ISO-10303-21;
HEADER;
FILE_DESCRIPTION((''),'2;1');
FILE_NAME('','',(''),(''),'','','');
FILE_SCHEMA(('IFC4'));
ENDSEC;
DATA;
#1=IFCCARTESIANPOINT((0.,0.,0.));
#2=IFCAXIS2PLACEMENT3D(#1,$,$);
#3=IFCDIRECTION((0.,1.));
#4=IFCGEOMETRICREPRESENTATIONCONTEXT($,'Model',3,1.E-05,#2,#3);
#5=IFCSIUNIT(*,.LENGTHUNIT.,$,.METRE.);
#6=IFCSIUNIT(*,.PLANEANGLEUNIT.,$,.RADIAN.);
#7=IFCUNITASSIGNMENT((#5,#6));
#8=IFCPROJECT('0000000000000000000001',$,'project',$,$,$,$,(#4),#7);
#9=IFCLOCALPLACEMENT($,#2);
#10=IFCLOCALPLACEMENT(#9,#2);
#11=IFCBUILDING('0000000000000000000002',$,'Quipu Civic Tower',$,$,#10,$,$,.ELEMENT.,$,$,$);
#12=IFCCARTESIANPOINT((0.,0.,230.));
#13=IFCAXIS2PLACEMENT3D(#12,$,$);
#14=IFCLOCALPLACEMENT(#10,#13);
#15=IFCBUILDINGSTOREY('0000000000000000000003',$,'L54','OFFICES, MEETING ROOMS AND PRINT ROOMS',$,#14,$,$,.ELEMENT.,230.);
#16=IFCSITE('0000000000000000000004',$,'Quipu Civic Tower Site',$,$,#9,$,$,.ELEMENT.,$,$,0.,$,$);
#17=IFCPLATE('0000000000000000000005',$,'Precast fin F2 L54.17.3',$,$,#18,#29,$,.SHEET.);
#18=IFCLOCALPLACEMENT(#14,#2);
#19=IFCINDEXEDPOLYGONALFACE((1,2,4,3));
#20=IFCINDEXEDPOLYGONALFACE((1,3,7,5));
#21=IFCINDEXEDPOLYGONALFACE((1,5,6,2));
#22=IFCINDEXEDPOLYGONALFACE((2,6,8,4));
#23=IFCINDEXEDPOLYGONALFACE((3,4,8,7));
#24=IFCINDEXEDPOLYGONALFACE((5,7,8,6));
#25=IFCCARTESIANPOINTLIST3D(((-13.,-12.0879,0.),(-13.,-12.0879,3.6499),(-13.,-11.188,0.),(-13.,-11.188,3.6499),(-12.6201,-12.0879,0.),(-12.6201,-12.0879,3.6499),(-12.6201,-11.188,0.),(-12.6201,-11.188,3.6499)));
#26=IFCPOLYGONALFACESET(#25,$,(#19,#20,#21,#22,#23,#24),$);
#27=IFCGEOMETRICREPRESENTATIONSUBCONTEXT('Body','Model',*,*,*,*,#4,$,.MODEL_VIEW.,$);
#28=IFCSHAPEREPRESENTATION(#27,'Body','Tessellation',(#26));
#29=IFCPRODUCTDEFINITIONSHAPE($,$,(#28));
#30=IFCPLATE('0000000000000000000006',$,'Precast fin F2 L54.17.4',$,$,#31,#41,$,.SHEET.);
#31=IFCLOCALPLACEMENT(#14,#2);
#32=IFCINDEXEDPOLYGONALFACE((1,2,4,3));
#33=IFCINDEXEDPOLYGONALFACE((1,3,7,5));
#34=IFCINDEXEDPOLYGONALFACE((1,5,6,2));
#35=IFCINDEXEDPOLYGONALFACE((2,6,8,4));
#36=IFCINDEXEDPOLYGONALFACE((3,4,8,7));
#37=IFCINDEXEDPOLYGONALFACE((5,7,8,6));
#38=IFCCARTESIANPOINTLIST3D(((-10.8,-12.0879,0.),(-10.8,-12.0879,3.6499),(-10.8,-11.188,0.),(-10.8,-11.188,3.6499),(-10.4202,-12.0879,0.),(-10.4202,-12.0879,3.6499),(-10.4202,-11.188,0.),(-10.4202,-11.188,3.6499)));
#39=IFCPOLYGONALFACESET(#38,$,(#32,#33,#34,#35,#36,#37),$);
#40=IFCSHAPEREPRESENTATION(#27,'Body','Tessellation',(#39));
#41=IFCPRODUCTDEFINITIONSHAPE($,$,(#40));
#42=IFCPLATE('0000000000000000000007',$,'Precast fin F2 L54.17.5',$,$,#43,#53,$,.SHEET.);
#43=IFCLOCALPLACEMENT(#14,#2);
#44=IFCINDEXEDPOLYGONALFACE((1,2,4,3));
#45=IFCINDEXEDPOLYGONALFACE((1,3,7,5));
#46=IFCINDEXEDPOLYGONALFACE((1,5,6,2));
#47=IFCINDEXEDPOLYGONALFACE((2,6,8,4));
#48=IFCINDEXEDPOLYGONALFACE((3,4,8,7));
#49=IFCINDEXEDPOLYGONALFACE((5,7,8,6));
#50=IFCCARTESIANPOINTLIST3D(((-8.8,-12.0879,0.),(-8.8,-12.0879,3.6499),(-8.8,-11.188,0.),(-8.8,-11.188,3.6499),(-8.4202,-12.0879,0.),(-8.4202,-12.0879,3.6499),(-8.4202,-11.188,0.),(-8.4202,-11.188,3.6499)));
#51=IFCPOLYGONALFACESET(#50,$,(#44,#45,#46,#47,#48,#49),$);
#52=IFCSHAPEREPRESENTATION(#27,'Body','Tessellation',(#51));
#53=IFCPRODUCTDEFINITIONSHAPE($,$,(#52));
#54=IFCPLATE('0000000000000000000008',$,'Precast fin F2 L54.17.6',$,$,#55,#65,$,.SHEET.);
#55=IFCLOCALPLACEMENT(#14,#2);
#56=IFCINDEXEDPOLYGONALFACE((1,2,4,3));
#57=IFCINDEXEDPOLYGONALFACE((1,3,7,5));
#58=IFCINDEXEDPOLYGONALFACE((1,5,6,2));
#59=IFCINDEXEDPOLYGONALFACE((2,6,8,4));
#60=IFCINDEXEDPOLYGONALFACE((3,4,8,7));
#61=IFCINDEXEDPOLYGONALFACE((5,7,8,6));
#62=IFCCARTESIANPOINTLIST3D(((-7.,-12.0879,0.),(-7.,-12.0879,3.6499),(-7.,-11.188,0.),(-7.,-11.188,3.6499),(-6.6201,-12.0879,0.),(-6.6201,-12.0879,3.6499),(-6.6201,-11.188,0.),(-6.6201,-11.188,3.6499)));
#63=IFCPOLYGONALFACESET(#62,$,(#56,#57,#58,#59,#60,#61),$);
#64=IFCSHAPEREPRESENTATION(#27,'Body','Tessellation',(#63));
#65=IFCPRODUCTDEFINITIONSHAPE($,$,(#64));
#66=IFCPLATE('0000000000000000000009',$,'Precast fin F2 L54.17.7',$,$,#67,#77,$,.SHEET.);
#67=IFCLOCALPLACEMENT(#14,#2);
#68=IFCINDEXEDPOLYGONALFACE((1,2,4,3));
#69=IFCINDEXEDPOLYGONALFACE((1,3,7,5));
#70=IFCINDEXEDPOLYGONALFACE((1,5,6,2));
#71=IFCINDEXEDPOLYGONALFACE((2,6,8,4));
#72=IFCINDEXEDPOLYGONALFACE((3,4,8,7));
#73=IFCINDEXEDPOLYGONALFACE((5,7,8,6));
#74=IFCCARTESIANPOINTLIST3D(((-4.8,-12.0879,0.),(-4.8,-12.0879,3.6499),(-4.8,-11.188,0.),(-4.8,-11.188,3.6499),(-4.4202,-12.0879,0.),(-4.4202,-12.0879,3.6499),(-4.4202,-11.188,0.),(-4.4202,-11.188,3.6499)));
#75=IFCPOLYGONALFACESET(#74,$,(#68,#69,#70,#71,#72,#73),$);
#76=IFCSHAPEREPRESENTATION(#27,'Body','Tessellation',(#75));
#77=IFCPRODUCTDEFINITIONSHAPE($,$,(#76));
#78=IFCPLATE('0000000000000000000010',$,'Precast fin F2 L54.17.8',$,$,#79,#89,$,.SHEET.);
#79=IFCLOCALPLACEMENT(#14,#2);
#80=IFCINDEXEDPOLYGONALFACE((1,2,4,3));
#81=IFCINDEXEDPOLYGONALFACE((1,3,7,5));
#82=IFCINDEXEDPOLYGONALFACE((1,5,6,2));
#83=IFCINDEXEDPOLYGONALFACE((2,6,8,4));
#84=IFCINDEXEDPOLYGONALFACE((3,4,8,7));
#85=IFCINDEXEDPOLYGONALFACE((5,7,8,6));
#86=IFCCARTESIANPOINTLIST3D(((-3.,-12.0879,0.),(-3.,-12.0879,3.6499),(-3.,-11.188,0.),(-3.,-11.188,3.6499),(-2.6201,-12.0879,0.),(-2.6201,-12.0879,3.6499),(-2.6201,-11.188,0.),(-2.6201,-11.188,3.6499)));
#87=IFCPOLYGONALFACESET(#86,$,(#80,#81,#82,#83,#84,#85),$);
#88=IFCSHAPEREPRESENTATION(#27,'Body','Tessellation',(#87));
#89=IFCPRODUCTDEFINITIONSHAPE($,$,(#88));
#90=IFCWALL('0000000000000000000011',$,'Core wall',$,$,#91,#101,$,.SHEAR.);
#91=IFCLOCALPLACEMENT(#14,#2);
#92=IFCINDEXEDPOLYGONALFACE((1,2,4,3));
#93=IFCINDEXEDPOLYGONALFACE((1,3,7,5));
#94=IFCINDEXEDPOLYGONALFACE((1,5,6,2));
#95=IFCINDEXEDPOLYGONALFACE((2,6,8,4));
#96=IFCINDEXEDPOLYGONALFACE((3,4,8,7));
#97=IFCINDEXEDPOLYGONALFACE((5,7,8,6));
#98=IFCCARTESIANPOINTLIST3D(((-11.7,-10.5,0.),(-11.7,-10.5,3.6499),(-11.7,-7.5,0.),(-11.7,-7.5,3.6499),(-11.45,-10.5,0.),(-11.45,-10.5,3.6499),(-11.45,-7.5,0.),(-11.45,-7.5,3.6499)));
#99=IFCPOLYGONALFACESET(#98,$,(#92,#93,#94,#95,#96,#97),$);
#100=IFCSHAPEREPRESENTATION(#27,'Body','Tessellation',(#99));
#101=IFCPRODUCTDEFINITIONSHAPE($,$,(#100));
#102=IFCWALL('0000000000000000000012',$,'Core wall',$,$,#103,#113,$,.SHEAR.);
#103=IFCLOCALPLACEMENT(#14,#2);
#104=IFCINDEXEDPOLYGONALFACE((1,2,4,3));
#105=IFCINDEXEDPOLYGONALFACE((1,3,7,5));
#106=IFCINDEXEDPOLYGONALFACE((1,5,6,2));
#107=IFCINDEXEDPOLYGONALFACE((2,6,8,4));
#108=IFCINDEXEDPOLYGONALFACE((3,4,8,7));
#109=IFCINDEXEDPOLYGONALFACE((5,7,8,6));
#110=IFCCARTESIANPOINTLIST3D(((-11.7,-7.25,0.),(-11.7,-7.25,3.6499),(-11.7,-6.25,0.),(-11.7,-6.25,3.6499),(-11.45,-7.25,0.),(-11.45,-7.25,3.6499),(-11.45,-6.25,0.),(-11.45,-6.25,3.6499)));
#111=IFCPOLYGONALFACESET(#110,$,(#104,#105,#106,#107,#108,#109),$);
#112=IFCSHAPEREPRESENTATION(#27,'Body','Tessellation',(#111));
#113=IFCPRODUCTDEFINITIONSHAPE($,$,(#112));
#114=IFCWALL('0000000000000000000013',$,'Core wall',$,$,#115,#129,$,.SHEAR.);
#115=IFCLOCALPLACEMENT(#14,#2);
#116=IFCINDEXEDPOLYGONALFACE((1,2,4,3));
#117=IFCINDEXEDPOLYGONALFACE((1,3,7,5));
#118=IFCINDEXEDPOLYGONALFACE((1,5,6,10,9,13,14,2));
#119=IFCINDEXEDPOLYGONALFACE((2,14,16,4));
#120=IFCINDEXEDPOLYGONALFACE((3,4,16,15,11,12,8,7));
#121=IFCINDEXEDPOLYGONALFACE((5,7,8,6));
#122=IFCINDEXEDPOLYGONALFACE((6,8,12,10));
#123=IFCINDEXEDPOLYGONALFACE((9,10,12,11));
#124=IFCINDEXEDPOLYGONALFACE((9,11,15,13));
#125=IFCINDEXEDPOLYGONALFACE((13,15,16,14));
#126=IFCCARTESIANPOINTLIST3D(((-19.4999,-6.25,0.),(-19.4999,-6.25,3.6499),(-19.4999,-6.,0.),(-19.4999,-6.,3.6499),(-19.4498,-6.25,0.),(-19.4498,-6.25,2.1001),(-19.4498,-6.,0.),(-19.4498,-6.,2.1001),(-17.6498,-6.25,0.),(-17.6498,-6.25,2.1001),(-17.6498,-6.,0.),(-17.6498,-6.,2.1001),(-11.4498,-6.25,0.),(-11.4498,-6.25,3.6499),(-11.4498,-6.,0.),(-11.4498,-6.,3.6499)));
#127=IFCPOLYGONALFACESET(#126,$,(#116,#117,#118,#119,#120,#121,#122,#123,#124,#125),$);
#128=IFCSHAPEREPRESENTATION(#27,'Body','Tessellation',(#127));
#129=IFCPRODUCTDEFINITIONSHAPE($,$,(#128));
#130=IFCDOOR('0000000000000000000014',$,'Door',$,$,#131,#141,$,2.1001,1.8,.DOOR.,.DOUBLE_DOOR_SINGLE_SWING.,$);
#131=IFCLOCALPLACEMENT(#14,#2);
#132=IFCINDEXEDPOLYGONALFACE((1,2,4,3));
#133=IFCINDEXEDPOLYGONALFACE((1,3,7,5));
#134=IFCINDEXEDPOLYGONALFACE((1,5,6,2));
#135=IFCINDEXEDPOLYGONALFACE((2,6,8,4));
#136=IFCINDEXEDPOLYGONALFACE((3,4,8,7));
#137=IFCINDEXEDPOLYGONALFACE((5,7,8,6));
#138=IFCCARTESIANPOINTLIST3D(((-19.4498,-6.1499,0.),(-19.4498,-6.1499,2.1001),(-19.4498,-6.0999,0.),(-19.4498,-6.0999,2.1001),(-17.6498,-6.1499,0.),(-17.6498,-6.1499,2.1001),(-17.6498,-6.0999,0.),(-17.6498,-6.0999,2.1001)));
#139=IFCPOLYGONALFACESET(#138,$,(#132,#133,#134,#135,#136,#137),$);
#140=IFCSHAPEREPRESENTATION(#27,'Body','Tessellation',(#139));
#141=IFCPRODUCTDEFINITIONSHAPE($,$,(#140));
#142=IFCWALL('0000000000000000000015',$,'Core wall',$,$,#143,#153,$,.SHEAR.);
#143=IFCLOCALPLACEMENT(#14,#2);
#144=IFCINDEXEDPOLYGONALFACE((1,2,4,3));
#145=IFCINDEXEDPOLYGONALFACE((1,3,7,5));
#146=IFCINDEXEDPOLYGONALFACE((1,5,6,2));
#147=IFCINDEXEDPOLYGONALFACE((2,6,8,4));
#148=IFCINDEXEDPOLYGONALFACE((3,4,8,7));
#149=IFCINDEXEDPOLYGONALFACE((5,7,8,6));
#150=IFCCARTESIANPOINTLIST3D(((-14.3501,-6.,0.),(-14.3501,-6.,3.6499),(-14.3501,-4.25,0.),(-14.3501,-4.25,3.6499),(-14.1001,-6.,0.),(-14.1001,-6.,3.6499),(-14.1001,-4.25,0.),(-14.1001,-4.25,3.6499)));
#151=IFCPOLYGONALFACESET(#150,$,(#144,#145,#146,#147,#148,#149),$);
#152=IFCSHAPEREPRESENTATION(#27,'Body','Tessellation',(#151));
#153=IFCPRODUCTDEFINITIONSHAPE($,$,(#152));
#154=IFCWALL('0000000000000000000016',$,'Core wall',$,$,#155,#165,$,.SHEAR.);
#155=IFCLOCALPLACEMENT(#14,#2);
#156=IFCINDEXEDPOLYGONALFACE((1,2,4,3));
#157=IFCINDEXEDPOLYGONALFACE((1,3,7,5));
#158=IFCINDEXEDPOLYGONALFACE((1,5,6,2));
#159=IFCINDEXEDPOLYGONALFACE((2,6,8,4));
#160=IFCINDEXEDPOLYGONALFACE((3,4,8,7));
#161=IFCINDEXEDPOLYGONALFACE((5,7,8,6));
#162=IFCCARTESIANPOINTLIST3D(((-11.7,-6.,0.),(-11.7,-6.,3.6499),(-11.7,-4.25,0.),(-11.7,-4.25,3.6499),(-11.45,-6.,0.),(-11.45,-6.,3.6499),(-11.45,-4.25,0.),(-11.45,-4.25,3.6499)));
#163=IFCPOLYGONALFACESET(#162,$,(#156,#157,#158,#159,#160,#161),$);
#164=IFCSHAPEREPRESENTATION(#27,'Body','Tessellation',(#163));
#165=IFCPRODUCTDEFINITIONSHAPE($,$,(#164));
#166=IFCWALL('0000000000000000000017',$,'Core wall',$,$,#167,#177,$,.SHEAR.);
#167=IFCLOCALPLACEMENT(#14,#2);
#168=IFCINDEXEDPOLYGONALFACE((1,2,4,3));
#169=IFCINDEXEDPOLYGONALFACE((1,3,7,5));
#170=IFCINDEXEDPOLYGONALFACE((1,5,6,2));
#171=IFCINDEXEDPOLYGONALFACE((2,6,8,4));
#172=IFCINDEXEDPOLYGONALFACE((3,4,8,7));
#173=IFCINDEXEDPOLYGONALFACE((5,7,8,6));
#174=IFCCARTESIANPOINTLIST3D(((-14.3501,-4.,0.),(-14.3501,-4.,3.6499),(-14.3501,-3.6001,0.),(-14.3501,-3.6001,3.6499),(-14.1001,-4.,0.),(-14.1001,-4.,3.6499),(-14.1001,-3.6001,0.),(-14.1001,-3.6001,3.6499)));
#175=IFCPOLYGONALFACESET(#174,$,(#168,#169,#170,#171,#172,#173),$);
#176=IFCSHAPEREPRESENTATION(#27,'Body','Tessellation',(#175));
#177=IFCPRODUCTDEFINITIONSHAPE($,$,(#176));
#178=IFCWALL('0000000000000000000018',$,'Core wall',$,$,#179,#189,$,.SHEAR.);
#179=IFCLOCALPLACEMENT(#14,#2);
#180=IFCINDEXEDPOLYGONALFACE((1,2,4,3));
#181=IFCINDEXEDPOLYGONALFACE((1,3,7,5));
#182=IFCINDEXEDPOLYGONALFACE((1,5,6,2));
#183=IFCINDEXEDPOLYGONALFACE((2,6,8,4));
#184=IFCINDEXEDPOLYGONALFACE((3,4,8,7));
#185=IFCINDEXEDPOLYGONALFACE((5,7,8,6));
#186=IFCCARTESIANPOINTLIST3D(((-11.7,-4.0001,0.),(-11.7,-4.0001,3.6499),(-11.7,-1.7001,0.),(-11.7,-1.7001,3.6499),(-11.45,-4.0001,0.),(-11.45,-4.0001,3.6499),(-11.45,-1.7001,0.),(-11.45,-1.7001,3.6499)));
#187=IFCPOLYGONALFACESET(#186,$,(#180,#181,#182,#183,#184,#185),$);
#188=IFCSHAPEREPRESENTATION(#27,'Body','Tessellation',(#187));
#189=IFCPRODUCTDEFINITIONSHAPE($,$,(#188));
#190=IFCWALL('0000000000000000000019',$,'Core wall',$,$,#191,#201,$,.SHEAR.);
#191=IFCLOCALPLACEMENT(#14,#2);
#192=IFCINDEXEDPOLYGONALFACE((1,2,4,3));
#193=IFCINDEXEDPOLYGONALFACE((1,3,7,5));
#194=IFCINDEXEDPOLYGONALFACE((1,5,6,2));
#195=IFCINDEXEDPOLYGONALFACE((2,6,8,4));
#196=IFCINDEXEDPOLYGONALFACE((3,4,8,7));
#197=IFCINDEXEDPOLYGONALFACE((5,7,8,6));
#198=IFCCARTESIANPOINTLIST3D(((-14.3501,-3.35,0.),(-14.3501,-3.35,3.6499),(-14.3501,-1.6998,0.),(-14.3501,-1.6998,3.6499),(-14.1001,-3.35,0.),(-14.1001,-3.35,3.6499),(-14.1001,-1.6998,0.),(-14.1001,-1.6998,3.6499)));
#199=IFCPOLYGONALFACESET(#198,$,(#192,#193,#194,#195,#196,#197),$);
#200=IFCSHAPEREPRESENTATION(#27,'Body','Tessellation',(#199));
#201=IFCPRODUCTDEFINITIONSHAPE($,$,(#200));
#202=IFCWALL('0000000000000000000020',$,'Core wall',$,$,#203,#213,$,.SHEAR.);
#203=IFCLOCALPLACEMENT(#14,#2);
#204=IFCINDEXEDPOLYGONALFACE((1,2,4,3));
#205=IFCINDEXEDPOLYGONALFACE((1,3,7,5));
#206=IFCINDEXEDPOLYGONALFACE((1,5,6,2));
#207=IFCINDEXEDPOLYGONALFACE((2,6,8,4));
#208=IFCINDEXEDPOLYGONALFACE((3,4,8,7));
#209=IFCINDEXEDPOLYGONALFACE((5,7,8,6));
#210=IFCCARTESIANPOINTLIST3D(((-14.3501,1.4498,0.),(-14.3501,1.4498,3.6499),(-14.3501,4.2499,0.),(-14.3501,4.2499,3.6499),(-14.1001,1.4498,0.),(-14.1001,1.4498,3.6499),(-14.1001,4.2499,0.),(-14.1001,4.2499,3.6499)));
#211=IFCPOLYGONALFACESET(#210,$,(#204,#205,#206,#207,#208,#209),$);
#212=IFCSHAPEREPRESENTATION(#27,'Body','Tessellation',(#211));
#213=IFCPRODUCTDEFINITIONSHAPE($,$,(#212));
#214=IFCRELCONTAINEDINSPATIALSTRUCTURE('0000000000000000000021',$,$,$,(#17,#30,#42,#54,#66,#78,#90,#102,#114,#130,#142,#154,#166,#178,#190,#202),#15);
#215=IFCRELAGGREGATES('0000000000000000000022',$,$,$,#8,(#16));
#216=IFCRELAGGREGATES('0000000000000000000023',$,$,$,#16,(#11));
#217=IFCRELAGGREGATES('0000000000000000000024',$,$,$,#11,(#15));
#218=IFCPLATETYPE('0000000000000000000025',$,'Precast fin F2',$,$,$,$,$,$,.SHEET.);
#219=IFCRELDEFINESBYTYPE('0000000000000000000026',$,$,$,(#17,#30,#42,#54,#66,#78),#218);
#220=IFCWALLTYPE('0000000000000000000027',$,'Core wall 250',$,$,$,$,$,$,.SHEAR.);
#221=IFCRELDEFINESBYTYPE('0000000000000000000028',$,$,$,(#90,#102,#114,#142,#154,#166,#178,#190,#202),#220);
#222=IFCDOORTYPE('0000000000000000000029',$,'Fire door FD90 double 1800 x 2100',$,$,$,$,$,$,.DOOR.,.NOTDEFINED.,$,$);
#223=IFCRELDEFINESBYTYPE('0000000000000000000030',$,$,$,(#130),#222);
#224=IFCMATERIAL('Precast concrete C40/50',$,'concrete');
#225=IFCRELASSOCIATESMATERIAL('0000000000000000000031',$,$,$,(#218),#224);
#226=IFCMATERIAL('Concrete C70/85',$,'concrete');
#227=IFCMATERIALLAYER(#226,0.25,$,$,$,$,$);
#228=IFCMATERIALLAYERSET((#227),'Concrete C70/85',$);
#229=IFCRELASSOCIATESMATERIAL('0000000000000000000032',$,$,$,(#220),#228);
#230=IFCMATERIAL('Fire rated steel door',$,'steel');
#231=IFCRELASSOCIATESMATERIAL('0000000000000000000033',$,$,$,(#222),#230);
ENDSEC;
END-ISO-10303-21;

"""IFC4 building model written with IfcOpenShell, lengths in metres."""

from ifc_helpers import new_model, si_unit, direction, frame, frame_2d, origin, origin_2d, place, context, subcontext, project, spatial, rectangle, extrude, material, layer, layer_set, type_object, element, fill, save


model = new_model("IFC4")

# Units and contexts
model_context = context("Model", 3, precision=1e-05, world=origin(), true_north=direction((0.0, 1.0)))
body_context = subcontext(model_context, "Body", "Model", "MODEL_VIEW")
ifc_project = project(units=[si_unit("LENGTHUNIT", "METRE"), si_unit("PLANEANGLEUNIT", "RADIAN")], contexts=[model_context])

# Site, building, storey
site_placement = place(None, origin())
site = spatial("IfcSite", under=ifc_project, at=site_placement, Name="Quipu Civic Tower Site", CompositionType="ELEMENT", RefElevation=0.0)
building_placement = place(site_placement, origin())
building = spatial("IfcBuilding", under=site, at=building_placement, Name="Quipu Civic Tower", CompositionType="ELEMENT")
storey_placement = place(building_placement, frame((0.0, 0.0, 230.0)))
storey = spatial("IfcBuildingStorey", under=building, at=storey_placement, Name="L54", Description="OFFICES, MEETING ROOMS AND PRINT ROOMS", CompositionType="ELEMENT", Elevation=230.0)

# Plates
ifc_material_1 = material(Name="Precast concrete C40/50", Category="concrete")
plate_type = type_object("IfcPlateType", Name="Precast fin F2", PredefinedType="SHEET", material=ifc_material_1)
for number, where, z_axis, x_axis, name in (
    (1, (-12.8101, -11.6379, 0.0), (0.0, 0.0, 1.0), (1.0, 0.0, 0.0), "Precast fin F2 L54.17.3"),
    (2, (-10.6101, -11.6379, 0.0), (0.0, 0.0, 1.0), (1.0, 0.0, 0.0), "Precast fin F2 L54.17.4"),
    (3, (-8.6101, -11.6379, 0.0), (0.0, 0.0, 1.0), (1.0, 0.0, 0.0), "Precast fin F2 L54.17.5"),
    (4, (-6.8101, -11.6379, 0.0), (0.0, 0.0, 1.0), (1.0, 0.0, 0.0), "Precast fin F2 L54.17.6"),
    (5, (-4.6101, -11.6379, 0.0), (0.0, 0.0, 1.0), (1.0, 0.0, 0.0), "Precast fin F2 L54.17.7"),
    (6, (-2.8101, -11.6379, 0.0), (0.0, 0.0, 1.0), (1.0, 0.0, 0.0), "Precast fin F2 L54.17.8"),
):
    element("IfcPlate", number, at=place(storey_placement, frame(where, z_axis=z_axis, x_axis=x_axis)), inside=storey, type_object=plate_type, Name=name, PredefinedType="SHEET", context=body_context, shape_type="SweptSolid", body=[
        extrude(rectangle(XDim=0.3799, YDim=0.8999, at=origin_2d()), origin(), (0.0, 0.0, 1.0), 3.6499),
    ])

# Walls
ifc_material_2 = material(Name="Concrete C70/85", Category="concrete")
ifc_layer_1 = layer(ifc_material_2, 0.25)
ifc_layer_set_1 = layer_set([ifc_layer_1], Name="Concrete C70/85")
wall_type_1 = type_object("IfcWallType", Name="Core wall 250", PredefinedType="SHEAR", material=ifc_layer_set_1)
wall_1_placement = place(storey_placement, frame((-11.575, -10.5, 0.0), z_axis=(0.0, 0.0, 1.0), x_axis=(0.0, 1.0, 0.0)))
element("IfcWall", 7, at=wall_1_placement, inside=storey, type_object=wall_type_1, Name="Core wall", PredefinedType="SHEAR", context=body_context, shape_type="SweptSolid", body=[
    extrude(rectangle(XDim=3.0, YDim=0.25, at=frame_2d((1.5, 0.0))), origin(), (0.0, 0.0, 1.0), 3.6499),
])
wall_2_placement = place(storey_placement, frame((-11.575, -7.25, 0.0), z_axis=(0.0, 0.0, 1.0), x_axis=(0.0, 1.0, 0.0)))
element("IfcWall", 8, at=wall_2_placement, inside=storey, type_object=wall_type_1, Name="Core wall", PredefinedType="SHEAR", context=body_context, shape_type="SweptSolid", body=[
    extrude(rectangle(XDim=1.0, YDim=0.25, at=frame_2d((0.5, 0.0))), origin(), (0.0, 0.0, 1.0), 3.6499),
])

# Wall, opening, door
wall_3_placement = place(storey_placement, frame((-11.45, -6.125, 0.0), z_axis=(0.0, 0.0, 1.0), x_axis=(-1.0, 0.0, 0.0)))
wall_3 = element("IfcWall", 9, at=wall_3_placement, inside=storey, type_object=wall_type_1, Name="Core wall", PredefinedType="SHEAR", context=body_context, shape_type="SweptSolid", body=[
    extrude(rectangle(XDim=8.05, YDim=0.25, at=frame_2d((4.0249, 0.0))), origin(), (0.0, 0.0, 1.0), 3.6499),
])
opening_1_placement = place(wall_3_placement, frame((6.2, 0.0, 0.0)))
opening_1 = element("IfcOpeningElement", 10, at=opening_1_placement, cuts=wall_3, PredefinedType="OPENING", context=body_context, shape_type="SweptSolid", body=[
    extrude(rectangle(XDim=1.8, YDim=2.1001, at=frame_2d((0.8999, 1.05))), frame((0.0, 0.135, 0.0), z_axis=(0.0, -1.0, 0.0), x_axis=(1.0, 0.0, 0.0)), (0.0, 0.0, 1.0), 0.27),
])
ifc_material_3 = material(Name="Fire rated steel door", Category="steel")
door_type_1 = type_object("IfcDoorType", Name="Fire door FD90 double 1800 x 2100", OperationType="NOTDEFINED", PredefinedType="DOOR", material=ifc_material_3)
door_1_placement = place(opening_1_placement, origin())
door_1 = element("IfcDoor", 11, at=door_1_placement, inside=storey, type_object=door_type_1, Name="Door", OperationType="DOUBLE_DOOR_SINGLE_SWING", OverallHeight=2.1001, OverallWidth=1.8, PredefinedType="DOOR", context=body_context, shape_type="SweptSolid", body=[
    extrude(rectangle(XDim=1.8, YDim=2.1001, at=frame_2d((0.8999, 1.05))), frame((0.0, 0.0249, 0.0), z_axis=(0.0, -1.0, 0.0), x_axis=(1.0, 0.0, 0.0)), (0.0, 0.0, 1.0), 0.05),
])
fill(opening_1, door_1)

# Walls
for number, where, z_axis, x_axis, name in (
    (12, (-14.2251, -6.0, 0.0), (0.0, 0.0, 1.0), (0.0, 1.0, 0.0), "Core wall"),
    (13, (-11.575, -6.0, 0.0), (0.0, 0.0, 1.0), (0.0, 1.0, 0.0), "Core wall"),
):
    element("IfcWall", number, at=place(storey_placement, frame(where, z_axis=z_axis, x_axis=x_axis)), inside=storey, type_object=wall_type_1, Name=name, PredefinedType="SHEAR", context=body_context, shape_type="SweptSolid", body=[
        extrude(rectangle(XDim=1.75, YDim=0.25, at=frame_2d((0.875, 0.0))), origin(), (0.0, 0.0, 1.0), 3.6499),
    ])
wall_4_placement = place(storey_placement, frame((-14.2251, -4.0, 0.0), z_axis=(0.0, 0.0, 1.0), x_axis=(0.0, 1.0, 0.0)))
element("IfcWall", 14, at=wall_4_placement, inside=storey, type_object=wall_type_1, Name="Core wall", PredefinedType="SHEAR", context=body_context, shape_type="SweptSolid", body=[
    extrude(rectangle(XDim=0.3999, YDim=0.25, at=frame_2d((0.2, 0.0))), origin(), (0.0, 0.0, 1.0), 3.6499),
])
wall_5_placement = place(storey_placement, frame((-11.575, -4.0, 0.0), z_axis=(0.0, 0.0, 1.0), x_axis=(0.0, 1.0, 0.0)))
element("IfcWall", 15, at=wall_5_placement, inside=storey, type_object=wall_type_1, Name="Core wall", PredefinedType="SHEAR", context=body_context, shape_type="SweptSolid", body=[
    extrude(rectangle(XDim=2.3, YDim=0.25, at=frame_2d((1.1499, 0.0))), origin(), (0.0, 0.0, 1.0), 3.6499),
])
wall_6_placement = place(storey_placement, frame((-14.2251, -3.3501, 0.0), z_axis=(0.0, 0.0, 1.0), x_axis=(0.0, 1.0, 0.0)))
element("IfcWall", 16, at=wall_6_placement, inside=storey, type_object=wall_type_1, Name="Core wall", PredefinedType="SHEAR", context=body_context, shape_type="SweptSolid", body=[
    extrude(rectangle(XDim=1.6501, YDim=0.25, at=frame_2d((0.8252, 0.0))), origin(), (0.0, 0.0, 1.0), 3.6499),
])
wall_7_placement = place(storey_placement, frame((-14.2251, 1.45, 0.0), z_axis=(0.0, 0.0, 1.0), x_axis=(0.0, 1.0, 0.0)))
element("IfcWall", 17, at=wall_7_placement, inside=storey, type_object=wall_type_1, Name="Core wall", PredefinedType="SHEAR", context=body_context, shape_type="SweptSolid", body=[
    extrude(rectangle(XDim=2.8, YDim=0.25, at=frame_2d((1.3999, 0.0))), origin(), (0.0, 0.0, 1.0), 3.6499),
])

save(model, "model.ifc")
